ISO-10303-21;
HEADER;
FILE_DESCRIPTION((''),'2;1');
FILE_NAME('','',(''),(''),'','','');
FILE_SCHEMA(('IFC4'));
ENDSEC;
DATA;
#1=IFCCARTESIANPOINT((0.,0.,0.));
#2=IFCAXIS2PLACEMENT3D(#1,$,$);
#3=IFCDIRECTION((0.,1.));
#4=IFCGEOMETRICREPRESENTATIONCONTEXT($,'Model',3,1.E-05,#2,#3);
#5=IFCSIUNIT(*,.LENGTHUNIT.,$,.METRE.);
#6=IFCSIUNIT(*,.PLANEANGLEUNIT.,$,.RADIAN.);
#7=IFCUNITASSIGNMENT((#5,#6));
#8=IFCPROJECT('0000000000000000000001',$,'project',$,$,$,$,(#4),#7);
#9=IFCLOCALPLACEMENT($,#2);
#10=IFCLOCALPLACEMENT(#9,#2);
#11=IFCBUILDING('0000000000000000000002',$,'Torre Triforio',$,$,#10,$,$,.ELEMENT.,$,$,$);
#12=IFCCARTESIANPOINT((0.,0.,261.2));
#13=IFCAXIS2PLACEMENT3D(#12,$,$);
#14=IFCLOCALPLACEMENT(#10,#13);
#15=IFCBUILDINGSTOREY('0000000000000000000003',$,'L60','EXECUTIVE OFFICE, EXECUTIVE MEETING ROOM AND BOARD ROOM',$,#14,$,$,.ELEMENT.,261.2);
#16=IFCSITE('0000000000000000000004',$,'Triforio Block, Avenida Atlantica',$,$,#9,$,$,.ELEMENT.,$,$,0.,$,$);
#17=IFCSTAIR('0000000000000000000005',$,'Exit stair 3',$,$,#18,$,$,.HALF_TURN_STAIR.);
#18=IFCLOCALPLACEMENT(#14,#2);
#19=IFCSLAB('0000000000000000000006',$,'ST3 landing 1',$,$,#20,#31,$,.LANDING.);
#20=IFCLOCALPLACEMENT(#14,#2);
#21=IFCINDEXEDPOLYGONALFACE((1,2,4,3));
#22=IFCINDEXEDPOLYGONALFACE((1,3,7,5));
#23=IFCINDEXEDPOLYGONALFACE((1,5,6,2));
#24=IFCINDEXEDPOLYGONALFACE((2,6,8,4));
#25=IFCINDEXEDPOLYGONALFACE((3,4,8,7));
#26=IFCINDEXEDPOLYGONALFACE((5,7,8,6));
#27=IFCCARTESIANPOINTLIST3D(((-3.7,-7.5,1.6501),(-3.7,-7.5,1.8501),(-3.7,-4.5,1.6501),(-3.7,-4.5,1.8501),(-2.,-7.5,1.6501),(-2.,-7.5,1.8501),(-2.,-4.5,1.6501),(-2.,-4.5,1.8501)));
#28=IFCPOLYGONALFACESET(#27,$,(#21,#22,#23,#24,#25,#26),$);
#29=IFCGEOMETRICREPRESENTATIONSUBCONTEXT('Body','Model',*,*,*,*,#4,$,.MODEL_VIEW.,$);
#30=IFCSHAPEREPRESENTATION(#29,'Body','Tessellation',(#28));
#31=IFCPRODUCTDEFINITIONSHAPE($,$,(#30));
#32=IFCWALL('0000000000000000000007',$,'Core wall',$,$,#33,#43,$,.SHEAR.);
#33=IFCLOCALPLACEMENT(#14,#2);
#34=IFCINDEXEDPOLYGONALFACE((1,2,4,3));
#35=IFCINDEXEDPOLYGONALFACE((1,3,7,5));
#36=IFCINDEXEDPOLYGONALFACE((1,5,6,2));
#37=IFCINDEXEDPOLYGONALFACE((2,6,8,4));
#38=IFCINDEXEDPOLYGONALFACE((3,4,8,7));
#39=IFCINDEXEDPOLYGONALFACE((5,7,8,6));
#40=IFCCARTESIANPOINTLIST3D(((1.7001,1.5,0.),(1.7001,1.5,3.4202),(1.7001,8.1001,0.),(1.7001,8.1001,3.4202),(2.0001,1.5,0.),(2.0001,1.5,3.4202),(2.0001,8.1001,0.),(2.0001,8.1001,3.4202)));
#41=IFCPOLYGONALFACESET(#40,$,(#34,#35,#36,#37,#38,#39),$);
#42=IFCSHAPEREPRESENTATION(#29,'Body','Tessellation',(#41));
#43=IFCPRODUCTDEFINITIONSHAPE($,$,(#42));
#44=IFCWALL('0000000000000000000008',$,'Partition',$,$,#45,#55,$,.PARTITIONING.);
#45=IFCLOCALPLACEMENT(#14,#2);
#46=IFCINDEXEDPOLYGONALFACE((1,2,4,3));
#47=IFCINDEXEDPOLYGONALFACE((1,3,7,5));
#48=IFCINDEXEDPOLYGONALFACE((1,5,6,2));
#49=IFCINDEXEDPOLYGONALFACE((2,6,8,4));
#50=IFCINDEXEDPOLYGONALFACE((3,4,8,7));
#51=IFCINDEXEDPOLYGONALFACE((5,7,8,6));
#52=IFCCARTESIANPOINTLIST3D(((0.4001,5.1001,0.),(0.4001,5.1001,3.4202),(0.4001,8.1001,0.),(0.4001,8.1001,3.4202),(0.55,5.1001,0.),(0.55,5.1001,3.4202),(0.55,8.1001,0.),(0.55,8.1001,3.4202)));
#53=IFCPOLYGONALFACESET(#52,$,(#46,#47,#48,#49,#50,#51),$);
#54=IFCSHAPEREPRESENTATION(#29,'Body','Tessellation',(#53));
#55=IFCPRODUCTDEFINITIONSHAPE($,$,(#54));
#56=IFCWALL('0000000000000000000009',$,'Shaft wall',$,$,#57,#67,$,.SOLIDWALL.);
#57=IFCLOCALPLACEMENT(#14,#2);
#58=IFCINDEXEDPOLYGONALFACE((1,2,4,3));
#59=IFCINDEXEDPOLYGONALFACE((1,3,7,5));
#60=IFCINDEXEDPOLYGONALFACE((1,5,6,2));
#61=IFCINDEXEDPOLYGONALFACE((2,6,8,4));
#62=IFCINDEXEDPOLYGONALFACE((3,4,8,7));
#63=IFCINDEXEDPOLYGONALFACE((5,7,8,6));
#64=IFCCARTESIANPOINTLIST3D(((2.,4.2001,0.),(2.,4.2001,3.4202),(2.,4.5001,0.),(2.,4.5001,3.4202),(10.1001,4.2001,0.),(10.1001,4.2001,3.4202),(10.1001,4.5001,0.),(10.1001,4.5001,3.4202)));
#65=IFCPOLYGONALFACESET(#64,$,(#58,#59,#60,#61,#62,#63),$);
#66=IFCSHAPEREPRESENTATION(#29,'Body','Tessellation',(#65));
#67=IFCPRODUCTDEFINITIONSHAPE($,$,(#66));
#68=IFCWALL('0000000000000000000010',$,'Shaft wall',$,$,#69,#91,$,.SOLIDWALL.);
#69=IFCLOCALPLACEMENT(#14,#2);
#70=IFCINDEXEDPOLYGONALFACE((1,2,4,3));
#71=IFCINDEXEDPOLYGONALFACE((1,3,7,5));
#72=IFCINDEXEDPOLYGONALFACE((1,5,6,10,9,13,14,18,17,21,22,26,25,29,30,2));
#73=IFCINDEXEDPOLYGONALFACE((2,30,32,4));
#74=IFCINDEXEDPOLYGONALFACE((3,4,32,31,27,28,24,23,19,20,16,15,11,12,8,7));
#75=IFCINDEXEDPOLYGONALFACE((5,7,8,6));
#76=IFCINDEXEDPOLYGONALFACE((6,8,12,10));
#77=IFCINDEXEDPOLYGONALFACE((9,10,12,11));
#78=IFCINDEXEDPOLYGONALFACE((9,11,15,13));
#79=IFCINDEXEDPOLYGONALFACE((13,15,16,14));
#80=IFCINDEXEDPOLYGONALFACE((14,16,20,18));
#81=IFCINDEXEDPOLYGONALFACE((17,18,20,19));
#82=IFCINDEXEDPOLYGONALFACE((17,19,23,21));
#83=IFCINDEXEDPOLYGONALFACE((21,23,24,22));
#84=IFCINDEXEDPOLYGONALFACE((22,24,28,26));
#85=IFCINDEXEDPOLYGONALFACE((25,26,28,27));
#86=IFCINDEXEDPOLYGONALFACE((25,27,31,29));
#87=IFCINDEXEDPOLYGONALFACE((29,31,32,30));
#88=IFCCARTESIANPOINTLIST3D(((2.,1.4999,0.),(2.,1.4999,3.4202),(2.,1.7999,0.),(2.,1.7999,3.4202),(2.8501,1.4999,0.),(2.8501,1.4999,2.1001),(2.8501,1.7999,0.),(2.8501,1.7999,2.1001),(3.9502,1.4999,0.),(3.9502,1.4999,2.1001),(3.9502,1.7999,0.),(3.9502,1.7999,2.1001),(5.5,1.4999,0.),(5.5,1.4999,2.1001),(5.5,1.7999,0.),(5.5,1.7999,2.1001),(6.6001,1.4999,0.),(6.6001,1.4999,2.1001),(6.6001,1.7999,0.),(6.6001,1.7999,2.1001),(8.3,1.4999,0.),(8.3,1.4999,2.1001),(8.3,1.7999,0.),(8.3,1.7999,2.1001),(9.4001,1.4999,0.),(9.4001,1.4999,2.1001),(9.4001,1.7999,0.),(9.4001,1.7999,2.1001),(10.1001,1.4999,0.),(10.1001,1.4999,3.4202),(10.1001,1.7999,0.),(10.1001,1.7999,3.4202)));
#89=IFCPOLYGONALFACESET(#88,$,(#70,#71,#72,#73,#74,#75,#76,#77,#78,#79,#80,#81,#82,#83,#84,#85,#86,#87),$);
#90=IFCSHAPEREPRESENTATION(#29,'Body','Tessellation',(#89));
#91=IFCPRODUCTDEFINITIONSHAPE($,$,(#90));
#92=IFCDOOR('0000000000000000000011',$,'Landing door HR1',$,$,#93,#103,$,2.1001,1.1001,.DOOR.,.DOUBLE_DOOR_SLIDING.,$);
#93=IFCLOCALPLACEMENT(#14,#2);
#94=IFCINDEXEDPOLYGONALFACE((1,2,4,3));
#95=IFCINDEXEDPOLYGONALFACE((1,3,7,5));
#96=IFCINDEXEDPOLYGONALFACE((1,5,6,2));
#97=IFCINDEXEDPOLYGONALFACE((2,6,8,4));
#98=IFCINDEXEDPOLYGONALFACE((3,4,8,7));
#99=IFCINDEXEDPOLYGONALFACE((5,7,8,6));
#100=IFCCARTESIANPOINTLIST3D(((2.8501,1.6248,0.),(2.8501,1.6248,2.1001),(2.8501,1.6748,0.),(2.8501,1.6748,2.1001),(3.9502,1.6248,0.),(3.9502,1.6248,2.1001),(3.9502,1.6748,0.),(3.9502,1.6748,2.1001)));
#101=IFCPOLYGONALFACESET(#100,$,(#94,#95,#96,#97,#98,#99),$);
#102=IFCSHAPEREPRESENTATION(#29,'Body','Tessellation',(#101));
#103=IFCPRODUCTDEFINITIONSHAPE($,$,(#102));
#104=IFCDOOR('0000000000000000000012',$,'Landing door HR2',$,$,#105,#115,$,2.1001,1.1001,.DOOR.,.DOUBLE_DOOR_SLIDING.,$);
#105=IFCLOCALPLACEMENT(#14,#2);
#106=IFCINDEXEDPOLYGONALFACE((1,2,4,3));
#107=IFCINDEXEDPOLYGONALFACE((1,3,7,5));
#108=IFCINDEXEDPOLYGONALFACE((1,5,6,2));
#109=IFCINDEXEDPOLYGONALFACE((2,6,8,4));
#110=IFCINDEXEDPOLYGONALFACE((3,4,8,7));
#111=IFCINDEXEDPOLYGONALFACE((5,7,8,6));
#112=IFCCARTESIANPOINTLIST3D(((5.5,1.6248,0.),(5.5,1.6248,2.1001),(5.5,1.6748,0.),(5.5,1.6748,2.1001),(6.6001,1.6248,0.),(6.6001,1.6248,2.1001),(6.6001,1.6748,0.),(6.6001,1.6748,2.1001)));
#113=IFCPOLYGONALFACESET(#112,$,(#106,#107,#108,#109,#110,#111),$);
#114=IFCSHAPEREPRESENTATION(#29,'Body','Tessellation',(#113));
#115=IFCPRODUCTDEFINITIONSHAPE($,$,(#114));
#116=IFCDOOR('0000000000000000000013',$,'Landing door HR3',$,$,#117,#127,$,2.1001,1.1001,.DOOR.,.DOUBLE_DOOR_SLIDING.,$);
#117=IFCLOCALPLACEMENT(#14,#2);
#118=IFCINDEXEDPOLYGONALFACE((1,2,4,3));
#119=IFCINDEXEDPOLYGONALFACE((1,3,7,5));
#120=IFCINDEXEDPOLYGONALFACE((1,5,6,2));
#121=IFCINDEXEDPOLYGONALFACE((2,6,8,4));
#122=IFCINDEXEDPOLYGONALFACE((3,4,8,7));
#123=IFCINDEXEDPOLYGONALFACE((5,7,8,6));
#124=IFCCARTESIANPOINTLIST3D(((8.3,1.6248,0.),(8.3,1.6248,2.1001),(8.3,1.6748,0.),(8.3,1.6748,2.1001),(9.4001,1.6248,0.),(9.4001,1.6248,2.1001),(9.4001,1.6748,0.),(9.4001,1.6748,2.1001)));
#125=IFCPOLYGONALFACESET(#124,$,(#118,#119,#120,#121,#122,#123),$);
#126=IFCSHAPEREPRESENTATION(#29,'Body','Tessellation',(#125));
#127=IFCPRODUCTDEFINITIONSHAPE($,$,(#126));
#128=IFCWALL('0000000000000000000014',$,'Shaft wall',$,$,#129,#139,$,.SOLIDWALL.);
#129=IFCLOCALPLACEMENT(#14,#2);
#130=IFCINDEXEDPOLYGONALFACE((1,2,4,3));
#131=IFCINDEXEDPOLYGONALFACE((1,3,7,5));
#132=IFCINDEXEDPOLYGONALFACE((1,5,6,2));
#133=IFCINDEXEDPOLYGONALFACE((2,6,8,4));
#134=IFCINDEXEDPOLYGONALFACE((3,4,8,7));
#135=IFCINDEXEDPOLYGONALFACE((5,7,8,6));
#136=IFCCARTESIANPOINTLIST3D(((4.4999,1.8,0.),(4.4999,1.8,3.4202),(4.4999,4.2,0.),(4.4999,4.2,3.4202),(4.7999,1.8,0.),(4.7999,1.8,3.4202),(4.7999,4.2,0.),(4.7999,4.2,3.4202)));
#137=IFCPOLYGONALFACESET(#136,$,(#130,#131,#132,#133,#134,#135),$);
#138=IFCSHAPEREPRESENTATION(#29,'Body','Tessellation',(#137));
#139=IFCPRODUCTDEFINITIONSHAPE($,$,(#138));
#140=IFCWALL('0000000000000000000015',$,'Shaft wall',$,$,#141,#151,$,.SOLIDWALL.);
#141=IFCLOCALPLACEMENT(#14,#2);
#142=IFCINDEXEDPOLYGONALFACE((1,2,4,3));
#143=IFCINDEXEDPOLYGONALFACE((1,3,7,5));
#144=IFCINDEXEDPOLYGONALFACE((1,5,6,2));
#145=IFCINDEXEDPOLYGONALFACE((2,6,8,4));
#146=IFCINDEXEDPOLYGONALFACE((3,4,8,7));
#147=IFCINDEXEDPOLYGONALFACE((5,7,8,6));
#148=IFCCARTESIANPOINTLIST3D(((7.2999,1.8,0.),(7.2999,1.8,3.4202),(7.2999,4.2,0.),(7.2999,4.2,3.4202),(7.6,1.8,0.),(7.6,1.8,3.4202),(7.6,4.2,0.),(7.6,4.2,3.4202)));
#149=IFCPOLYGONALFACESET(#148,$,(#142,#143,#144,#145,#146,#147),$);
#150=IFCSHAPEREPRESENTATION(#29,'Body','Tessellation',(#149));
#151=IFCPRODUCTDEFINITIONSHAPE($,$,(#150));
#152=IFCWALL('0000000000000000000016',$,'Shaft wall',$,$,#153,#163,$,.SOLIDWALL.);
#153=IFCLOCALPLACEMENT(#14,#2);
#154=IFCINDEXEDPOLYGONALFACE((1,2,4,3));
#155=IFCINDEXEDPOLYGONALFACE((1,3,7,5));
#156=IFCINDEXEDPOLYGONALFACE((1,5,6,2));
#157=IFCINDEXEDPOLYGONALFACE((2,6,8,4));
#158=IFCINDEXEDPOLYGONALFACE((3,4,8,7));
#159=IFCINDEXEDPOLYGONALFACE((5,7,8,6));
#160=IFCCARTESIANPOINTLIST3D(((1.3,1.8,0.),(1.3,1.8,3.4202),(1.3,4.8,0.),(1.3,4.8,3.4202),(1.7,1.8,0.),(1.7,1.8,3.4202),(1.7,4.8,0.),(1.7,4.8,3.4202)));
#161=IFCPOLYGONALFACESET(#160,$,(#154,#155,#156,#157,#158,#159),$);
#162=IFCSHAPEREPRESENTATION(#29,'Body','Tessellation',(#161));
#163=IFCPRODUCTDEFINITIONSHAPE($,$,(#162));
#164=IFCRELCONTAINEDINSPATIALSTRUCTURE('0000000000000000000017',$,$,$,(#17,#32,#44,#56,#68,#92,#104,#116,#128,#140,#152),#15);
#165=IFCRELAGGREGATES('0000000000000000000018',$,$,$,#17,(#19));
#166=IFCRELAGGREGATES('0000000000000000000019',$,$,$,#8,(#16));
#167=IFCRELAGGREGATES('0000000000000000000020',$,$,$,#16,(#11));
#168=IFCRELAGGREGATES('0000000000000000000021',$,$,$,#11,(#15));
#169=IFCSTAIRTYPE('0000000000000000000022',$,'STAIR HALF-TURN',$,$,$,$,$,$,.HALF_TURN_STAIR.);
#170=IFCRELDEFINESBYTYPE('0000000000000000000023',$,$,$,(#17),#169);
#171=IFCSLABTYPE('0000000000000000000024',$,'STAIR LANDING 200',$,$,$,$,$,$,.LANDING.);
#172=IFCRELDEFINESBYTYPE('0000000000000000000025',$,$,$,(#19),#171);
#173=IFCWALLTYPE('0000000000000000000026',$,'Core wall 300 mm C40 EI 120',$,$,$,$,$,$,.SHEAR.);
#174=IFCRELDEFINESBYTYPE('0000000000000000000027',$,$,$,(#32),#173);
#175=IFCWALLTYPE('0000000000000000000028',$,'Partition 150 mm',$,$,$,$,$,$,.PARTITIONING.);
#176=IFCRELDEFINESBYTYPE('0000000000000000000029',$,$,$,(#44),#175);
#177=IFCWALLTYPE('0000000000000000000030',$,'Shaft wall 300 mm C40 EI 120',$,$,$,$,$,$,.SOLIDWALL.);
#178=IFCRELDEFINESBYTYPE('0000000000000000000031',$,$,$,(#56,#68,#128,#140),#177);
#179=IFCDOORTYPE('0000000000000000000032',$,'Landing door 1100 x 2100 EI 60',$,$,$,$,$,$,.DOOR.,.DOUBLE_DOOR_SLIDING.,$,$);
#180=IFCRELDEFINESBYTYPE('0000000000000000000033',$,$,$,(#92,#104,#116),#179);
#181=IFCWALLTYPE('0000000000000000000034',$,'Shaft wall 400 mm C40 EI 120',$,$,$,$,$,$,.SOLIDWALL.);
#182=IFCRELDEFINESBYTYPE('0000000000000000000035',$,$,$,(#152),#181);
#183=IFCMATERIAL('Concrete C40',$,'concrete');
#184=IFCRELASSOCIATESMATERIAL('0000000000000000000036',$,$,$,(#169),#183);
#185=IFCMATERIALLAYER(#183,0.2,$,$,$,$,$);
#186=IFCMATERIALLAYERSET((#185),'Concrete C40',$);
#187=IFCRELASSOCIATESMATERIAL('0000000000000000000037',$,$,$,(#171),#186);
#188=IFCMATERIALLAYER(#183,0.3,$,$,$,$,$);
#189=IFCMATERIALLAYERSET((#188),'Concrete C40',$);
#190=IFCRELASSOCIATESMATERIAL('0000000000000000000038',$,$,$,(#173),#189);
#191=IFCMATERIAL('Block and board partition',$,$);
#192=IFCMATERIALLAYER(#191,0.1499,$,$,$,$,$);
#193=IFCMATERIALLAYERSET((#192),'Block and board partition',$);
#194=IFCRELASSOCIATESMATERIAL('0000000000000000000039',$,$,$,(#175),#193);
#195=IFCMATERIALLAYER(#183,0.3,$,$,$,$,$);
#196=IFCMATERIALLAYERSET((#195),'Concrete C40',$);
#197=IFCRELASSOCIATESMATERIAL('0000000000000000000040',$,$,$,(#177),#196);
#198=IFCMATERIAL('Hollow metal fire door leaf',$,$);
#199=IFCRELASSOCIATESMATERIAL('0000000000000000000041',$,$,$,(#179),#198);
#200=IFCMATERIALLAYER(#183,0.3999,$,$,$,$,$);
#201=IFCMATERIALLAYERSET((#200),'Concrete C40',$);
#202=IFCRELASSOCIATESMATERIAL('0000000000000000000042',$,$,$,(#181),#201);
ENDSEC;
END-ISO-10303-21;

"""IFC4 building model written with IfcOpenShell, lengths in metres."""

from ifc_helpers import new_model, si_unit, direction, frame, frame_2d, origin, place, context, subcontext, project, spatial, polyline, rectangle, outline, extrude, material, layer, layer_set, type_object, element, fill, aggregate, save


model = new_model("IFC4")

# Units and contexts
model_context = context("Model", 3, precision=1e-05, world=origin(), true_north=direction((0.0, 1.0)))
body_context = subcontext(model_context, "Body", "Model", "MODEL_VIEW")
ifc_project = project(units=[si_unit("LENGTHUNIT", "METRE"), si_unit("PLANEANGLEUNIT", "RADIAN")], contexts=[model_context])

# Site, building, storey
site_placement = place(None, origin())
site = spatial("IfcSite", under=ifc_project, at=site_placement, Name="Triforio Block, Avenida Atlantica", CompositionType="ELEMENT", RefElevation=0.0)
building_placement = place(site_placement, origin())
building = spatial("IfcBuilding", under=site, at=building_placement, Name="Torre Triforio", CompositionType="ELEMENT")
storey_placement = place(building_placement, frame((0.0, 0.0, 261.2)))
storey = spatial("IfcBuildingStorey", under=building, at=storey_placement, Name="L60", Description="EXECUTIVE OFFICE, EXECUTIVE MEETING ROOM AND BOARD ROOM", CompositionType="ELEMENT", Elevation=261.2)

# Stair, slab
ifc_material_1 = material(Name="Concrete C40", Category="concrete")
stair_type = type_object("IfcStairType", Name="STAIR HALF-TURN", PredefinedType="HALF_TURN_STAIR", material=ifc_material_1)
stair_1_placement = place(storey_placement, origin())
stair_1 = element("IfcStair", 1, at=stair_1_placement, inside=storey, type_object=stair_type, Name="Exit stair 3", PredefinedType="HALF_TURN_STAIR")
ifc_layer_1 = layer(ifc_material_1, 0.2)
ifc_layer_set_1 = layer_set([ifc_layer_1], Name="Concrete C40")
slab_type = type_object("IfcSlabType", Name="STAIR LANDING 200", PredefinedType="LANDING", material=ifc_layer_set_1)
slab_placement = place(storey_placement, frame((0.0, 0.0, 1.6501)))
slab = element("IfcSlab", 2, at=slab_placement, type_object=slab_type, Name="ST3 landing 1", PredefinedType="LANDING", context=body_context, shape_type="SweptSolid", body=[
    extrude(outline(polyline([(-2.0, -7.5), (-2.0, -4.5), (-3.7, -4.5), (-3.7, -7.5), (-2.0, -7.5)])), origin(), (0.0, 0.0, 1.0), 0.2),
])
aggregate(stair_1, [slab])

# Walls
ifc_layer_2 = layer(ifc_material_1, 0.3)
ifc_layer_set_2 = layer_set([ifc_layer_2], Name="Concrete C40")
wall_type_1 = type_object("IfcWallType", Name="Core wall 300 mm C40 EI 120", PredefinedType="SHEAR", material=ifc_layer_set_2)
wall_1_placement = place(storey_placement, frame((1.8501, 1.5, 0.0), z_axis=(0.0, 0.0, 1.0), x_axis=(0.0, 1.0, 0.0)))
element("IfcWall", 3, at=wall_1_placement, inside=storey, type_object=wall_type_1, Name="Core wall", PredefinedType="SHEAR", context=body_context, shape_type="SweptSolid", body=[
    extrude(rectangle(XDim=6.6001, YDim=0.3, at=frame_2d((3.3, 0.0))), origin(), (0.0, 0.0, 1.0), 3.4202),
])
ifc_material_2 = material(Name="Block and board partition")
ifc_layer_3 = layer(ifc_material_2, 0.1499)
ifc_layer_set_3 = layer_set([ifc_layer_3], Name="Block and board partition")
wall_type_2 = type_object("IfcWallType", Name="Partition 150 mm", PredefinedType="PARTITIONING", material=ifc_layer_set_3)
wall_2_placement = place(storey_placement, frame((0.4751, 5.1001, 0.0), z_axis=(0.0, 0.0, 1.0), x_axis=(0.0, 1.0, 0.0)))
element("IfcWall", 4, at=wall_2_placement, inside=storey, type_object=wall_type_2, Name="Partition", PredefinedType="PARTITIONING", context=body_context, shape_type="SweptSolid", body=[
    extrude(rectangle(XDim=3.0, YDim=0.1499, at=frame_2d((1.5, 0.0))), origin(), (0.0, 0.0, 1.0), 3.4202),
])
ifc_layer_4 = layer(ifc_material_1, 0.3)
ifc_layer_set_4 = layer_set([ifc_layer_4], Name="Concrete C40")
wall_type_3 = type_object("IfcWallType", Name="Shaft wall 300 mm C40 EI 120", PredefinedType="SOLIDWALL", material=ifc_layer_set_4)
wall_3_placement = place(storey_placement, frame((2.0, 4.3501, 0.0), z_axis=(0.0, 0.0, 1.0), x_axis=(1.0, 0.0, 0.0)))
element("IfcWall", 5, at=wall_3_placement, inside=storey, type_object=wall_type_3, Name="Shaft wall", PredefinedType="SOLIDWALL", context=body_context, shape_type="SweptSolid", body=[
    extrude(rectangle(XDim=8.1001, YDim=0.3, at=frame_2d((4.05, 0.0))), origin(), (0.0, 0.0, 1.0), 3.4202),
])

# Wall, openings, doors
wall_4_placement = place(storey_placement, frame((2.0, 1.6499, 0.0), z_axis=(0.0, 0.0, 1.0), x_axis=(1.0, 0.0, 0.0)))
wall_4 = element("IfcWall", 6, at=wall_4_placement, inside=storey, type_object=wall_type_3, Name="Shaft wall", PredefinedType="SOLIDWALL", context=body_context, shape_type="SweptSolid", body=[
    extrude(rectangle(XDim=8.1001, YDim=0.3, at=frame_2d((4.05, 0.0))), origin(), (0.0, 0.0, 1.0), 3.4202),
])
opening_1_placement = place(wall_4_placement, frame((0.8501, 0.0, 0.0)))
opening_1 = element("IfcOpeningElement", 7, at=opening_1_placement, cuts=wall_4, PredefinedType="OPENING", context=body_context, shape_type="SweptSolid", body=[
    extrude(rectangle(XDim=1.1001, YDim=2.1001, at=frame_2d((0.55, 1.05))), frame((0.0, 0.1599, 0.0), z_axis=(0.0, -1.0, 0.0), x_axis=(1.0, 0.0, 0.0)), (0.0, 0.0, 1.0), 0.3201),
])
opening_2_placement = place(wall_4_placement, frame((3.5, 0.0, 0.0)))
opening_2 = element("IfcOpeningElement", 8, at=opening_2_placement, cuts=wall_4, PredefinedType="OPENING", context=body_context, shape_type="SweptSolid", body=[
    extrude(rectangle(XDim=1.1001, YDim=2.1001, at=frame_2d((0.55, 1.05))), frame((0.0, 0.1599, 0.0), z_axis=(0.0, -1.0, 0.0), x_axis=(1.0, 0.0, 0.0)), (0.0, 0.0, 1.0), 0.3201),
])
opening_3_placement = place(wall_4_placement, frame((6.3, 0.0, 0.0)))
opening_3 = element("IfcOpeningElement", 9, at=opening_3_placement, cuts=wall_4, PredefinedType="OPENING", context=body_context, shape_type="SweptSolid", body=[
    extrude(rectangle(XDim=1.1001, YDim=2.1001, at=frame_2d((0.55, 1.05))), frame((0.0, 0.1599, 0.0), z_axis=(0.0, -1.0, 0.0), x_axis=(1.0, 0.0, 0.0)), (0.0, 0.0, 1.0), 0.3201),
])
ifc_material_3 = material(Name="Hollow metal fire door leaf")
door_type_1 = type_object("IfcDoorType", Name="Landing door 1100 x 2100 EI 60", OperationType="DOUBLE_DOOR_SLIDING", PredefinedType="DOOR", material=ifc_material_3)
door_1_placement = place(opening_1_placement, origin())
door_1 = element("IfcDoor", 10, at=door_1_placement, inside=storey, type_object=door_type_1, Name="Landing door HR1", OperationType="DOUBLE_DOOR_SLIDING", OverallHeight=2.1001, OverallWidth=1.1001, PredefinedType="DOOR", context=body_context, shape_type="SweptSolid", body=[
    extrude(rectangle(XDim=1.1001, YDim=2.1001, at=frame_2d((0.55, 1.05))), frame((0.0, 0.0249, 0.0), z_axis=(0.0, -1.0, 0.0), x_axis=(1.0, 0.0, 0.0)), (0.0, 0.0, 1.0), 0.05),
])
fill(opening_1, door_1)
door_2_placement = place(opening_2_placement, origin())
door_2 = element("IfcDoor", 11, at=door_2_placement, inside=storey, type_object=door_type_1, Name="Landing door HR2", OperationType="DOUBLE_DOOR_SLIDING", OverallHeight=2.1001, OverallWidth=1.1001, PredefinedType="DOOR", context=body_context, shape_type="SweptSolid", body=[
    extrude(rectangle(XDim=1.1001, YDim=2.1001, at=frame_2d((0.55, 1.05))), frame((0.0, 0.0249, 0.0), z_axis=(0.0, -1.0, 0.0), x_axis=(1.0, 0.0, 0.0)), (0.0, 0.0, 1.0), 0.05),
])
fill(opening_2, door_2)
door_3_placement = place(opening_3_placement, origin())
door_3 = element("IfcDoor", 12, at=door_3_placement, inside=storey, type_object=door_type_1, Name="Landing door HR3", OperationType="DOUBLE_DOOR_SLIDING", OverallHeight=2.1001, OverallWidth=1.1001, PredefinedType="DOOR", context=body_context, shape_type="SweptSolid", body=[
    extrude(rectangle(XDim=1.1001, YDim=2.1001, at=frame_2d((0.55, 1.05))), frame((0.0, 0.0249, 0.0), z_axis=(0.0, -1.0, 0.0), x_axis=(1.0, 0.0, 0.0)), (0.0, 0.0, 1.0), 0.05),
])
fill(opening_3, door_3)

# Walls
for number, where, z_axis, x_axis, name in (
    (13, (4.6499, 1.8, 0.0), (0.0, 0.0, 1.0), (0.0, 1.0, 0.0), "Shaft wall"),
    (14, (7.45, 1.8, 0.0), (0.0, 0.0, 1.0), (0.0, 1.0, 0.0), "Shaft wall"),
):
    element("IfcWall", number, at=place(storey_placement, frame(where, z_axis=z_axis, x_axis=x_axis)), inside=storey, type_object=wall_type_3, Name=name, PredefinedType="SOLIDWALL", context=body_context, shape_type="SweptSolid", body=[
        extrude(rectangle(XDim=2.3999, YDim=0.3, at=frame_2d((1.2, 0.0))), origin(), (0.0, 0.0, 1.0), 3.4202),
    ])
ifc_layer_5 = layer(ifc_material_1, 0.3999)
ifc_layer_set_5 = layer_set([ifc_layer_5], Name="Concrete C40")
wall_type_4 = type_object("IfcWallType", Name="Shaft wall 400 mm C40 EI 120", PredefinedType="SOLIDWALL", material=ifc_layer_set_5)
wall_5_placement = place(storey_placement, frame((1.5, 1.8, 0.0), z_axis=(0.0, 0.0, 1.0), x_axis=(0.0, 1.0, 0.0)))
element("IfcWall", 15, at=wall_5_placement, inside=storey, type_object=wall_type_4, Name="Shaft wall", PredefinedType="SOLIDWALL", context=body_context, shape_type="SweptSolid", body=[
    extrude(rectangle(XDim=3.0, YDim=0.3999, at=frame_2d((1.5, 0.0))), origin(), (0.0, 0.0, 1.0), 3.4202),
])

save(model, "model.ifc")
